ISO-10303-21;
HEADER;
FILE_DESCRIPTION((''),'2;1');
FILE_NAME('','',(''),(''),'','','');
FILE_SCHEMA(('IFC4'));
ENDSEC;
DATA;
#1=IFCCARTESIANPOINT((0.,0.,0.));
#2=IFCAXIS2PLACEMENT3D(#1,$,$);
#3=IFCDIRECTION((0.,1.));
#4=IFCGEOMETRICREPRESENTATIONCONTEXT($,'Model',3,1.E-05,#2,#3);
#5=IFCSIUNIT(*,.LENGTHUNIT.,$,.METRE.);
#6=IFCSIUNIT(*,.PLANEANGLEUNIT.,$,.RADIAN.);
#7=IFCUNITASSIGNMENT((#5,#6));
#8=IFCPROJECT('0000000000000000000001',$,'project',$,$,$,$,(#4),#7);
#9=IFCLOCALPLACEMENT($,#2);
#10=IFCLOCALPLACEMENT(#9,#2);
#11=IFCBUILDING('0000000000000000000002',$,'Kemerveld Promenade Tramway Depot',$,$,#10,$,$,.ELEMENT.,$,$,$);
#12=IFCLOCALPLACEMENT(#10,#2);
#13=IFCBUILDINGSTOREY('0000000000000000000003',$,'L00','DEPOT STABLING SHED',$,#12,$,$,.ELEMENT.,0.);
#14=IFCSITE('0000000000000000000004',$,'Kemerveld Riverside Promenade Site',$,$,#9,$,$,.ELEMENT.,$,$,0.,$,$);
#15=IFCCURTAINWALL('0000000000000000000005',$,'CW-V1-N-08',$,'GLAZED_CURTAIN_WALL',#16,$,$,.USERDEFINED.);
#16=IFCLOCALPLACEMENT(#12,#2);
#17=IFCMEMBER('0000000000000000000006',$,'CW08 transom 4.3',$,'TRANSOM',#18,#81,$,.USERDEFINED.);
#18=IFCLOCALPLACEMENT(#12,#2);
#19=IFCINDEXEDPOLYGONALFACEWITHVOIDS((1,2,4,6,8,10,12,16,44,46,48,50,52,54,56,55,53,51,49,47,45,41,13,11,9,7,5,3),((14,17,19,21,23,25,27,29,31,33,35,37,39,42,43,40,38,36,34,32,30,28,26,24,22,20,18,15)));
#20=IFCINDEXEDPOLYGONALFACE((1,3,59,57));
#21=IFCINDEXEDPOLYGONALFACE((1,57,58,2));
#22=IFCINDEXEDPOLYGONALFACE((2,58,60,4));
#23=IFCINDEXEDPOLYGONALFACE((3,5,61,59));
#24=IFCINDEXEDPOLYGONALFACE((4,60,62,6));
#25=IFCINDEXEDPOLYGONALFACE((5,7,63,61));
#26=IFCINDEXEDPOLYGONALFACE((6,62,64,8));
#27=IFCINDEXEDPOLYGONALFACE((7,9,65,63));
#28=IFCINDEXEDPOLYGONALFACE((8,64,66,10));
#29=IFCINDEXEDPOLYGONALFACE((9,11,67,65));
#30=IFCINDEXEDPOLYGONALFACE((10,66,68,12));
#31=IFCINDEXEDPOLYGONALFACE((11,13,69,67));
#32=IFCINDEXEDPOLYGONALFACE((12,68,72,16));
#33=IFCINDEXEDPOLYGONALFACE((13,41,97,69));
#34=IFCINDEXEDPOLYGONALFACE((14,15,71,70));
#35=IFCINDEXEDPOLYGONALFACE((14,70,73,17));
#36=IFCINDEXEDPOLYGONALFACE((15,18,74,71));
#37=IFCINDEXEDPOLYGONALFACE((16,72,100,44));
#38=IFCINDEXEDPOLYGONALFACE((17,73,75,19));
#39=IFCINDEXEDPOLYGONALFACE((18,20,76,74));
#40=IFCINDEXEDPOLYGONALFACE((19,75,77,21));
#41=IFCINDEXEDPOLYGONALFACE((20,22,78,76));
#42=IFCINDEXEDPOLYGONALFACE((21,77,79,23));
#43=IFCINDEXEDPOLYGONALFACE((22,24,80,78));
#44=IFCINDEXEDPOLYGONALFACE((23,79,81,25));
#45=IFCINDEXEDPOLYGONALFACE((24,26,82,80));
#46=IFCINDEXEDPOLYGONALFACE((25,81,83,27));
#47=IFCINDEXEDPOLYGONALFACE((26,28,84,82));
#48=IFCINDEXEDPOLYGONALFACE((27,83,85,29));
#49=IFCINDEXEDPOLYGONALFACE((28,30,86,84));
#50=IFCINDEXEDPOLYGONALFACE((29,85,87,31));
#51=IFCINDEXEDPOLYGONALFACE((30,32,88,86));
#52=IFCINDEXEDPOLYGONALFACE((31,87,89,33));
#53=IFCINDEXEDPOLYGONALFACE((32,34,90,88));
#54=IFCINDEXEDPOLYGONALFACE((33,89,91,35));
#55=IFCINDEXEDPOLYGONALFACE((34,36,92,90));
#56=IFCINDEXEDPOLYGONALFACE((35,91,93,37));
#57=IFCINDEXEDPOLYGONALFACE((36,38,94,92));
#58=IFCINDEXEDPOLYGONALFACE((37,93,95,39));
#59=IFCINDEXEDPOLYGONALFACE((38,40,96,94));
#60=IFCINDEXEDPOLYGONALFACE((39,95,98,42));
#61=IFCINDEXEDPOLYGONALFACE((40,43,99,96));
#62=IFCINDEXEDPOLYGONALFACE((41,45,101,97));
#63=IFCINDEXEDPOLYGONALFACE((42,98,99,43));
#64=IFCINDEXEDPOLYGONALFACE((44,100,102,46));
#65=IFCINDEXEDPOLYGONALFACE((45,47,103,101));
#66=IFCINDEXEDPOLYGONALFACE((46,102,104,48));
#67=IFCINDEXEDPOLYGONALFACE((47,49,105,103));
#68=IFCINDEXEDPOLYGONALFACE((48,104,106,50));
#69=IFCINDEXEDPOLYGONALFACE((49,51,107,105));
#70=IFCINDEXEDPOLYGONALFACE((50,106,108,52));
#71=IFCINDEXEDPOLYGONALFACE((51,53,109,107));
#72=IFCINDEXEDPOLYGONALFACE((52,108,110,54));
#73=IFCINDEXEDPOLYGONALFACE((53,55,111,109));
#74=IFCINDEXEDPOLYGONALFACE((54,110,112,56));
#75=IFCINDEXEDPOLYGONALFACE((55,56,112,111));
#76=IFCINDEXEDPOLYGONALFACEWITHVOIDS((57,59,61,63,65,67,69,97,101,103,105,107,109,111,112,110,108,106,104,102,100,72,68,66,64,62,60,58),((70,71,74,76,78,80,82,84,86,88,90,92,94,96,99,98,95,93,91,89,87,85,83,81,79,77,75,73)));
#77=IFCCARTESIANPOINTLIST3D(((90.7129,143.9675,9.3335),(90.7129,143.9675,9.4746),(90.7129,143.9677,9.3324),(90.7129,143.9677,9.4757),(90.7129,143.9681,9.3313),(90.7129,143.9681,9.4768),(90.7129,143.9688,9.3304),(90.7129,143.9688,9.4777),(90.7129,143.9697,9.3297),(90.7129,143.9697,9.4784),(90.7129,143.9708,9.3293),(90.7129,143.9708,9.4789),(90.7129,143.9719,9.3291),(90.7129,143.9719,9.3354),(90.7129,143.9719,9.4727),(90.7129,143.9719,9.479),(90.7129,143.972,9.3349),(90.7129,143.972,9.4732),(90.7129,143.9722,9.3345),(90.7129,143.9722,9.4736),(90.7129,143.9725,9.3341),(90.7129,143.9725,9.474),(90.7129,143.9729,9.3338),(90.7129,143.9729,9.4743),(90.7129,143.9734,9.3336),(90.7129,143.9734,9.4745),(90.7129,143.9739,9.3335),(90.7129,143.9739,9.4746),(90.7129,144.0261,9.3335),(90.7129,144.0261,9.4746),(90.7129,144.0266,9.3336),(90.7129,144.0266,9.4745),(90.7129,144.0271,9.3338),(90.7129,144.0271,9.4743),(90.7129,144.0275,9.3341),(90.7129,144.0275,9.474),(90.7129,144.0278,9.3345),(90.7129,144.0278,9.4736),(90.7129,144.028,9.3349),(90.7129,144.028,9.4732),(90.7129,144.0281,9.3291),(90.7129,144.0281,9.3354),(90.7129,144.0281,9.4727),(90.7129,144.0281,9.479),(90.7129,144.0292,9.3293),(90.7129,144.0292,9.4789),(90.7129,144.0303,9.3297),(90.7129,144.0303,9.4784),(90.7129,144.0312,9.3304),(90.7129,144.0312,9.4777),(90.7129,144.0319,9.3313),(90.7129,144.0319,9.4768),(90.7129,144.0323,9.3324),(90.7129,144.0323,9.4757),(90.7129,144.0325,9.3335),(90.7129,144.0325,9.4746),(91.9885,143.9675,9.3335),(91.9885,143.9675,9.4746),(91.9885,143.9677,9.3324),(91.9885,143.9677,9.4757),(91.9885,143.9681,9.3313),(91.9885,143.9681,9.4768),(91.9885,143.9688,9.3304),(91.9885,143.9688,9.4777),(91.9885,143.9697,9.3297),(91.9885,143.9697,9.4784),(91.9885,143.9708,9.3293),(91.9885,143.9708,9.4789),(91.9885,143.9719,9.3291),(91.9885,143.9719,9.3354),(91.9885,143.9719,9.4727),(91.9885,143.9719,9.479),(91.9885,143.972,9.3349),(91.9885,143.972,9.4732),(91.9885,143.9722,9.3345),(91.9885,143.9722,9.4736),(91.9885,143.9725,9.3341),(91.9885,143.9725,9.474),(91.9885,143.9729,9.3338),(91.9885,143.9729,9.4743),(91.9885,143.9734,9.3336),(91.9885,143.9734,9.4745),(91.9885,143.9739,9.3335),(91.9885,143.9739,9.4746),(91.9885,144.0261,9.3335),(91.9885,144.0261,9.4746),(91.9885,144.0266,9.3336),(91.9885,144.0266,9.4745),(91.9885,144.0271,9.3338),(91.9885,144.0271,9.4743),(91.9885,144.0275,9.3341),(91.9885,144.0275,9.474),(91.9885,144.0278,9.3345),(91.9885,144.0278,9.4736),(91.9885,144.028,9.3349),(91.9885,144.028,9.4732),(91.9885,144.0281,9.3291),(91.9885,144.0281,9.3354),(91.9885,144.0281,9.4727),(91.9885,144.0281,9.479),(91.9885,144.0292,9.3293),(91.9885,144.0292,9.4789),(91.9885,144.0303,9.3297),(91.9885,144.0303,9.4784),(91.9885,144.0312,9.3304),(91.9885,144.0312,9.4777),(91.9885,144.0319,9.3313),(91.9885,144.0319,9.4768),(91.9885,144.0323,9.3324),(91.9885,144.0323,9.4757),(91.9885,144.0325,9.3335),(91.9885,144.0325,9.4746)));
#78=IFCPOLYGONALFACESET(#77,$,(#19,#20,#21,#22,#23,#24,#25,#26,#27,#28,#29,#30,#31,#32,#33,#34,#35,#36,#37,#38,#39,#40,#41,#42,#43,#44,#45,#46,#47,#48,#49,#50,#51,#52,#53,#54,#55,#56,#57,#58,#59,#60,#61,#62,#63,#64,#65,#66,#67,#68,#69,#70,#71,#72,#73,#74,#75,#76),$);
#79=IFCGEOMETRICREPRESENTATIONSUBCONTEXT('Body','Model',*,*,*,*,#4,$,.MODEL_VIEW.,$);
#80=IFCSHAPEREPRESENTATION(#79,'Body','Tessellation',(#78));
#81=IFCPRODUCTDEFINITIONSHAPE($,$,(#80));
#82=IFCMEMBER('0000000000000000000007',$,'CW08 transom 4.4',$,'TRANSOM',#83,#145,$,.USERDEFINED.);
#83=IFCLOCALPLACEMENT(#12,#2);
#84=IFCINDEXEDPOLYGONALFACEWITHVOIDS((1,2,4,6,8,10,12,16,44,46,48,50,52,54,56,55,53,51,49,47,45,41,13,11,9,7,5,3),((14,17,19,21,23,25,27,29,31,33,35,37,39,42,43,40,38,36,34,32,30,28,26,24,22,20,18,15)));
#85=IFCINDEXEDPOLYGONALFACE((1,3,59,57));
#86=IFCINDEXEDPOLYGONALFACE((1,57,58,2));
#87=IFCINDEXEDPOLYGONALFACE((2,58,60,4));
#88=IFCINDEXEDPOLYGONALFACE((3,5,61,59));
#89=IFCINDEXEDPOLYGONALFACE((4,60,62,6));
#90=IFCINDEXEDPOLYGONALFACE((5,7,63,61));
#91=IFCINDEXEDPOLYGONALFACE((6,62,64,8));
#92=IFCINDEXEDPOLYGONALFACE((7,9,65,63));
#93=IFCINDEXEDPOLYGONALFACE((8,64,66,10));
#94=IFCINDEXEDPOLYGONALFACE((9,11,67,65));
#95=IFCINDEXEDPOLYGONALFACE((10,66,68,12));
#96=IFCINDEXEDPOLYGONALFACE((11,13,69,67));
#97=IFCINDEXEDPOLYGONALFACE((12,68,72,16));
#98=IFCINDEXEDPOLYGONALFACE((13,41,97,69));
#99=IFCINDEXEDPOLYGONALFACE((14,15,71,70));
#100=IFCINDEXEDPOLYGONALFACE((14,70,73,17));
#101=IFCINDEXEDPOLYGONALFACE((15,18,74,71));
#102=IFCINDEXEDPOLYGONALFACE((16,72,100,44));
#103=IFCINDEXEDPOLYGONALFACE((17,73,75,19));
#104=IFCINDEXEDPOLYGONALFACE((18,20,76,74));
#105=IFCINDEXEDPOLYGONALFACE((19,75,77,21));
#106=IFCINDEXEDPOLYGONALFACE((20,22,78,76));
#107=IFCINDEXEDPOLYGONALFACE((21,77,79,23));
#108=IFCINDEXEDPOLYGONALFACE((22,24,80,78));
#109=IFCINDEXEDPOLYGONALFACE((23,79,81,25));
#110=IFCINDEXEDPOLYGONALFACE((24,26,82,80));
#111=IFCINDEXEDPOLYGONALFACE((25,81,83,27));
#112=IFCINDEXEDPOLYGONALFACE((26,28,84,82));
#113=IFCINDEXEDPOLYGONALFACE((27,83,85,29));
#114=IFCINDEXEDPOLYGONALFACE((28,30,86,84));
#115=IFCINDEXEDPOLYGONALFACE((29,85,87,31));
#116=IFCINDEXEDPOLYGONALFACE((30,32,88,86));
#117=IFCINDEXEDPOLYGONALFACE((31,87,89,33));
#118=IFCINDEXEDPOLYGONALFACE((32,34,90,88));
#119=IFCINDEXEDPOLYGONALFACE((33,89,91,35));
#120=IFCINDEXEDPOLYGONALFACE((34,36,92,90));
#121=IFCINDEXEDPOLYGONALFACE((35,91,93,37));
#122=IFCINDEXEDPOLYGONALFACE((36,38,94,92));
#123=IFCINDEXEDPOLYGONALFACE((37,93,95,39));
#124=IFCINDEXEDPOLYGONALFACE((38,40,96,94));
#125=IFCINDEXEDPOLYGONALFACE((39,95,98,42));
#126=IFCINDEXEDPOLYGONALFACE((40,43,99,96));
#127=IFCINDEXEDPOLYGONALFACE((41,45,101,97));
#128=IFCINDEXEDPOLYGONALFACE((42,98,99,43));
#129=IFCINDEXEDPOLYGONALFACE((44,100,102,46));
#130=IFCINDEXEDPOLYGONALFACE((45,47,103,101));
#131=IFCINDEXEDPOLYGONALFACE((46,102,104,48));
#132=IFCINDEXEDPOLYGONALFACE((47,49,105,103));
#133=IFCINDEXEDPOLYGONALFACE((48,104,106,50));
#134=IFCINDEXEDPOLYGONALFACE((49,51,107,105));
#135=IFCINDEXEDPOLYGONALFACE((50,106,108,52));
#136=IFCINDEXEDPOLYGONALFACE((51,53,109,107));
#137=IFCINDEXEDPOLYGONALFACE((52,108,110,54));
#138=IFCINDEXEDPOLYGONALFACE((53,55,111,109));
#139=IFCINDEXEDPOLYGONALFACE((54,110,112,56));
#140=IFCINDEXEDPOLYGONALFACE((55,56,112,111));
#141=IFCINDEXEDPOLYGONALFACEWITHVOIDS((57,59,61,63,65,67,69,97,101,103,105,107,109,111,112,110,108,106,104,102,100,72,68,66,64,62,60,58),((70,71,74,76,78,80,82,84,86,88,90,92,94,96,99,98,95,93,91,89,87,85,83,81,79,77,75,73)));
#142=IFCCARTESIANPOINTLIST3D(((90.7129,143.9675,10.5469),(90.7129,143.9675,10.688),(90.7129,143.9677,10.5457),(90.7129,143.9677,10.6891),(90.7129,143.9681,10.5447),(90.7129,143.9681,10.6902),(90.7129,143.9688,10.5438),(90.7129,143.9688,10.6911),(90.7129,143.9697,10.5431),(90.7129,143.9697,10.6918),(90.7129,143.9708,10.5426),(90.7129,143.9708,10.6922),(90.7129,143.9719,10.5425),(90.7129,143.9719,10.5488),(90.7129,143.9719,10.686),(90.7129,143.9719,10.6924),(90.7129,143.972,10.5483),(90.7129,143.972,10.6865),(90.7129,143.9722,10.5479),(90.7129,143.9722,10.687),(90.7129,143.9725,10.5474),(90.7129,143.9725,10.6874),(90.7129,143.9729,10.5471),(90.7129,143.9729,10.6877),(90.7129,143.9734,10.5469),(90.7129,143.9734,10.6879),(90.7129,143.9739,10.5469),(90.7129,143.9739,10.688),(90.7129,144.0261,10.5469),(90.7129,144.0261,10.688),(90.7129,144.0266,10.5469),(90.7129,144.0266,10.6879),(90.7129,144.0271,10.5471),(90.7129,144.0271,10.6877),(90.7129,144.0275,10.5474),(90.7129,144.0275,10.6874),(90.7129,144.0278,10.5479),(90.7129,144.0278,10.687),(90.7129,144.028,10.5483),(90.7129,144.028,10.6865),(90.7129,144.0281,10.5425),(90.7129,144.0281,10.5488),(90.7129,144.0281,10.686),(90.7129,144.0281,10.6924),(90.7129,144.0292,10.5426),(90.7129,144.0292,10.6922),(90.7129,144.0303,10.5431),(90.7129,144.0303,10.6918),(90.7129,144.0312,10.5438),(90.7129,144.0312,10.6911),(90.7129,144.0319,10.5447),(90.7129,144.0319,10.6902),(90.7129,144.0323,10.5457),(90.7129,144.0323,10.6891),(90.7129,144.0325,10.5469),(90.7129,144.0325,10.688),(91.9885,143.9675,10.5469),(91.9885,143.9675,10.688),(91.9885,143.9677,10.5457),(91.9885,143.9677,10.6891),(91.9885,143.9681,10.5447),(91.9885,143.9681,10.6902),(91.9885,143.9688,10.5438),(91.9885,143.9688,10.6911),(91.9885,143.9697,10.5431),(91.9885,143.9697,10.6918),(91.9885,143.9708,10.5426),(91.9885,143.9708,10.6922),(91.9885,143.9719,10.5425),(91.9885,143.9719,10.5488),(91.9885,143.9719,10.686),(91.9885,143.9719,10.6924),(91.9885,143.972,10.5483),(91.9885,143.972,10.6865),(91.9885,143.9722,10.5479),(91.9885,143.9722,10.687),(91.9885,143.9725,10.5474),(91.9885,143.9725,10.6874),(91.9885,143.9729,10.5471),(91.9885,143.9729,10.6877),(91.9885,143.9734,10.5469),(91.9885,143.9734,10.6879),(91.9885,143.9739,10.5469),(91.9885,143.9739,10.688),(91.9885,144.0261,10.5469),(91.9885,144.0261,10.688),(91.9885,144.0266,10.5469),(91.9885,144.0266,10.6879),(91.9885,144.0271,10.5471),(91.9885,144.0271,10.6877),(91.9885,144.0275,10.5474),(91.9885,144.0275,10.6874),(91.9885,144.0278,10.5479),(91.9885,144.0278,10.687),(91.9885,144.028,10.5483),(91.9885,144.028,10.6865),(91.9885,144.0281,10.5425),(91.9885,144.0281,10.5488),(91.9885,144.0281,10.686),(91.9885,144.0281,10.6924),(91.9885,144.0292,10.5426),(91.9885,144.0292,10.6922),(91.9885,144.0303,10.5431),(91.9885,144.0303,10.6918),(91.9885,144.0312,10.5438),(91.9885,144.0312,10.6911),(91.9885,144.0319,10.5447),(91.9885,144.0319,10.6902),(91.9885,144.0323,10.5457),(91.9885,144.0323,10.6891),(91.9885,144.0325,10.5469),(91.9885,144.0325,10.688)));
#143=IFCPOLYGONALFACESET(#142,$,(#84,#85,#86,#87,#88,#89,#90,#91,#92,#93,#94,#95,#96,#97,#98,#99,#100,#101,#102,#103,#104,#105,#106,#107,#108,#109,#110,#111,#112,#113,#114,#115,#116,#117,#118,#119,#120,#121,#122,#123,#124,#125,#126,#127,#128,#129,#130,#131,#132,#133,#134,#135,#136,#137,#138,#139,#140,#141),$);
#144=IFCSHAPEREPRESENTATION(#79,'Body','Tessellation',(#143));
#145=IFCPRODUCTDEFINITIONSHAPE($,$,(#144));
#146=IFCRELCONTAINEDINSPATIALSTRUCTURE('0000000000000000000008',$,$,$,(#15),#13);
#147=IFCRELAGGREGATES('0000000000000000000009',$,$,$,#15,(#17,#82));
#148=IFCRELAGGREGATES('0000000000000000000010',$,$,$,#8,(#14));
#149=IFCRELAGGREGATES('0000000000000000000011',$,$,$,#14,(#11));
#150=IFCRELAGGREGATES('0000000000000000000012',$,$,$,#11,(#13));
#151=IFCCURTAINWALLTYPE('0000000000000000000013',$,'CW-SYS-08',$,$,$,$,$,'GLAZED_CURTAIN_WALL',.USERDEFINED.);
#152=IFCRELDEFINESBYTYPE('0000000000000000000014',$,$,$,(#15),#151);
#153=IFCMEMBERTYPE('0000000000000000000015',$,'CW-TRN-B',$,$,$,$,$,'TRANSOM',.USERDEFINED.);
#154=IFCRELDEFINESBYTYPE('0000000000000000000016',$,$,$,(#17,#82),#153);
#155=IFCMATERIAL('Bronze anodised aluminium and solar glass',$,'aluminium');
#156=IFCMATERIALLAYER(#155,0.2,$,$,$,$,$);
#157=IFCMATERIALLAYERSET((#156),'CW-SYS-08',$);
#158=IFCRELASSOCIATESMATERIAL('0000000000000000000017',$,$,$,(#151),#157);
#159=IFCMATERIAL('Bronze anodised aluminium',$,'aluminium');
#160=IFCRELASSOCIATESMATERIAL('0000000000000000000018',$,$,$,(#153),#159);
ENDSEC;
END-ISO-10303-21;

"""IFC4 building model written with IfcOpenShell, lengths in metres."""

from ifc_helpers import new_model, si_unit, direction, frame, origin, origin_2d, place, context, subcontext, project, spatial, hollow_rectangle, extrude, material, layer, layer_set, material_profile, profile_set, type_object, element, aggregate, save


model = new_model("IFC4")

# Units and contexts
model_context = context("Model", 3, precision=1e-05, world=origin(), true_north=direction((0.0, 1.0)))
body_context = subcontext(model_context, "Body", "Model", "MODEL_VIEW")
ifc_project = project(units=[si_unit("LENGTHUNIT", "METRE"), si_unit("PLANEANGLEUNIT", "RADIAN")], contexts=[model_context])

# Site, building, storey
site_placement = place(None, origin())
site = spatial("IfcSite", under=ifc_project, at=site_placement, Name="Kemerveld Riverside Promenade Site", CompositionType="ELEMENT", RefElevation=0.0)
building_placement = place(site_placement, origin())
building = spatial("IfcBuilding", under=site, at=building_placement, Name="Kemerveld Promenade Tramway Depot", CompositionType="ELEMENT")
storey_placement = place(building_placement, origin())
storey = spatial("IfcBuildingStorey", under=building, at=storey_placement, Name="L00", Description="DEPOT STABLING SHED", CompositionType="ELEMENT", Elevation=0.0)

# Curtain wall, members
ifc_material_1 = material(Name="Bronze anodised aluminium and solar glass", Category="aluminium")
ifc_material_2 = material(Name="Bronze anodised aluminium", Category="aluminium")
ifc_layer_1 = layer(ifc_material_1, 0.2)
ifc_layer_set_1 = layer_set([ifc_layer_1], Name="CW-SYS-08")
curtain_wall_type_1 = type_object("IfcCurtainWallType", Name="CW-SYS-08", ElementType="GLAZED_CURTAIN_WALL", PredefinedType="USERDEFINED", material=ifc_layer_set_1)
curtain_wall_1_placement = place(storey_placement, origin())
curtain_wall_1 = element("IfcCurtainWall", 1, at=curtain_wall_1_placement, inside=storey, type_object=curtain_wall_type_1, Name="CW-V1-N-08", ObjectType="GLAZED_CURTAIN_WALL", PredefinedType="USERDEFINED")
ifc_material_profile_1 = material_profile(ifc_material_2, hollow_rectangle(XDim=0.0649, YDim=0.1499, WallThickness=0.0044, InnerFilletRadius=0.002, OuterFilletRadius=0.0044, at=origin_2d()), Name="CW-TRN-150x65")
ifc_profile_set_1 = profile_set([ifc_material_profile_1], Name="Bronze anodised aluminium")
member_type_1 = type_object("IfcMemberType", Name="CW-TRN-B", ElementType="TRANSOM", PredefinedType="USERDEFINED", material=ifc_profile_set_1)
member_1_placement = place(storey_placement, frame((90.7129, 144.0, 9.4041), z_axis=(1.0, 0.0, 0.0), x_axis=(0.0, 1.0, 0.0)))
member_1 = element("IfcMember", 2, at=member_1_placement, type_object=member_type_1, Name="CW08 transom 4.3", ObjectType="TRANSOM", PredefinedType="USERDEFINED", context=body_context, shape_type="SweptSolid", body=[
    extrude(hollow_rectangle(XDim=0.0649, YDim=0.1499, WallThickness=0.0044, InnerFilletRadius=0.002, OuterFilletRadius=0.0044, at=origin_2d()), origin(), (0.0, 0.0, 1.0), 1.2756),
])
member_2_placement = place(storey_placement, frame((90.7129, 144.0, 10.6174), z_axis=(1.0, 0.0, 0.0), x_axis=(0.0, 1.0, 0.0)))
member_2 = element("IfcMember", 3, at=member_2_placement, type_object=member_type_1, Name="CW08 transom 4.4", ObjectType="TRANSOM", PredefinedType="USERDEFINED", context=body_context, shape_type="SweptSolid", body=[
    extrude(hollow_rectangle(XDim=0.0649, YDim=0.1499, WallThickness=0.0044, InnerFilletRadius=0.002, OuterFilletRadius=0.0044, at=origin_2d()), origin(), (0.0, 0.0, 1.0), 1.2756),
])

aggregate(curtain_wall_1, [member_1, member_2])

save(model, "model.ifc")
